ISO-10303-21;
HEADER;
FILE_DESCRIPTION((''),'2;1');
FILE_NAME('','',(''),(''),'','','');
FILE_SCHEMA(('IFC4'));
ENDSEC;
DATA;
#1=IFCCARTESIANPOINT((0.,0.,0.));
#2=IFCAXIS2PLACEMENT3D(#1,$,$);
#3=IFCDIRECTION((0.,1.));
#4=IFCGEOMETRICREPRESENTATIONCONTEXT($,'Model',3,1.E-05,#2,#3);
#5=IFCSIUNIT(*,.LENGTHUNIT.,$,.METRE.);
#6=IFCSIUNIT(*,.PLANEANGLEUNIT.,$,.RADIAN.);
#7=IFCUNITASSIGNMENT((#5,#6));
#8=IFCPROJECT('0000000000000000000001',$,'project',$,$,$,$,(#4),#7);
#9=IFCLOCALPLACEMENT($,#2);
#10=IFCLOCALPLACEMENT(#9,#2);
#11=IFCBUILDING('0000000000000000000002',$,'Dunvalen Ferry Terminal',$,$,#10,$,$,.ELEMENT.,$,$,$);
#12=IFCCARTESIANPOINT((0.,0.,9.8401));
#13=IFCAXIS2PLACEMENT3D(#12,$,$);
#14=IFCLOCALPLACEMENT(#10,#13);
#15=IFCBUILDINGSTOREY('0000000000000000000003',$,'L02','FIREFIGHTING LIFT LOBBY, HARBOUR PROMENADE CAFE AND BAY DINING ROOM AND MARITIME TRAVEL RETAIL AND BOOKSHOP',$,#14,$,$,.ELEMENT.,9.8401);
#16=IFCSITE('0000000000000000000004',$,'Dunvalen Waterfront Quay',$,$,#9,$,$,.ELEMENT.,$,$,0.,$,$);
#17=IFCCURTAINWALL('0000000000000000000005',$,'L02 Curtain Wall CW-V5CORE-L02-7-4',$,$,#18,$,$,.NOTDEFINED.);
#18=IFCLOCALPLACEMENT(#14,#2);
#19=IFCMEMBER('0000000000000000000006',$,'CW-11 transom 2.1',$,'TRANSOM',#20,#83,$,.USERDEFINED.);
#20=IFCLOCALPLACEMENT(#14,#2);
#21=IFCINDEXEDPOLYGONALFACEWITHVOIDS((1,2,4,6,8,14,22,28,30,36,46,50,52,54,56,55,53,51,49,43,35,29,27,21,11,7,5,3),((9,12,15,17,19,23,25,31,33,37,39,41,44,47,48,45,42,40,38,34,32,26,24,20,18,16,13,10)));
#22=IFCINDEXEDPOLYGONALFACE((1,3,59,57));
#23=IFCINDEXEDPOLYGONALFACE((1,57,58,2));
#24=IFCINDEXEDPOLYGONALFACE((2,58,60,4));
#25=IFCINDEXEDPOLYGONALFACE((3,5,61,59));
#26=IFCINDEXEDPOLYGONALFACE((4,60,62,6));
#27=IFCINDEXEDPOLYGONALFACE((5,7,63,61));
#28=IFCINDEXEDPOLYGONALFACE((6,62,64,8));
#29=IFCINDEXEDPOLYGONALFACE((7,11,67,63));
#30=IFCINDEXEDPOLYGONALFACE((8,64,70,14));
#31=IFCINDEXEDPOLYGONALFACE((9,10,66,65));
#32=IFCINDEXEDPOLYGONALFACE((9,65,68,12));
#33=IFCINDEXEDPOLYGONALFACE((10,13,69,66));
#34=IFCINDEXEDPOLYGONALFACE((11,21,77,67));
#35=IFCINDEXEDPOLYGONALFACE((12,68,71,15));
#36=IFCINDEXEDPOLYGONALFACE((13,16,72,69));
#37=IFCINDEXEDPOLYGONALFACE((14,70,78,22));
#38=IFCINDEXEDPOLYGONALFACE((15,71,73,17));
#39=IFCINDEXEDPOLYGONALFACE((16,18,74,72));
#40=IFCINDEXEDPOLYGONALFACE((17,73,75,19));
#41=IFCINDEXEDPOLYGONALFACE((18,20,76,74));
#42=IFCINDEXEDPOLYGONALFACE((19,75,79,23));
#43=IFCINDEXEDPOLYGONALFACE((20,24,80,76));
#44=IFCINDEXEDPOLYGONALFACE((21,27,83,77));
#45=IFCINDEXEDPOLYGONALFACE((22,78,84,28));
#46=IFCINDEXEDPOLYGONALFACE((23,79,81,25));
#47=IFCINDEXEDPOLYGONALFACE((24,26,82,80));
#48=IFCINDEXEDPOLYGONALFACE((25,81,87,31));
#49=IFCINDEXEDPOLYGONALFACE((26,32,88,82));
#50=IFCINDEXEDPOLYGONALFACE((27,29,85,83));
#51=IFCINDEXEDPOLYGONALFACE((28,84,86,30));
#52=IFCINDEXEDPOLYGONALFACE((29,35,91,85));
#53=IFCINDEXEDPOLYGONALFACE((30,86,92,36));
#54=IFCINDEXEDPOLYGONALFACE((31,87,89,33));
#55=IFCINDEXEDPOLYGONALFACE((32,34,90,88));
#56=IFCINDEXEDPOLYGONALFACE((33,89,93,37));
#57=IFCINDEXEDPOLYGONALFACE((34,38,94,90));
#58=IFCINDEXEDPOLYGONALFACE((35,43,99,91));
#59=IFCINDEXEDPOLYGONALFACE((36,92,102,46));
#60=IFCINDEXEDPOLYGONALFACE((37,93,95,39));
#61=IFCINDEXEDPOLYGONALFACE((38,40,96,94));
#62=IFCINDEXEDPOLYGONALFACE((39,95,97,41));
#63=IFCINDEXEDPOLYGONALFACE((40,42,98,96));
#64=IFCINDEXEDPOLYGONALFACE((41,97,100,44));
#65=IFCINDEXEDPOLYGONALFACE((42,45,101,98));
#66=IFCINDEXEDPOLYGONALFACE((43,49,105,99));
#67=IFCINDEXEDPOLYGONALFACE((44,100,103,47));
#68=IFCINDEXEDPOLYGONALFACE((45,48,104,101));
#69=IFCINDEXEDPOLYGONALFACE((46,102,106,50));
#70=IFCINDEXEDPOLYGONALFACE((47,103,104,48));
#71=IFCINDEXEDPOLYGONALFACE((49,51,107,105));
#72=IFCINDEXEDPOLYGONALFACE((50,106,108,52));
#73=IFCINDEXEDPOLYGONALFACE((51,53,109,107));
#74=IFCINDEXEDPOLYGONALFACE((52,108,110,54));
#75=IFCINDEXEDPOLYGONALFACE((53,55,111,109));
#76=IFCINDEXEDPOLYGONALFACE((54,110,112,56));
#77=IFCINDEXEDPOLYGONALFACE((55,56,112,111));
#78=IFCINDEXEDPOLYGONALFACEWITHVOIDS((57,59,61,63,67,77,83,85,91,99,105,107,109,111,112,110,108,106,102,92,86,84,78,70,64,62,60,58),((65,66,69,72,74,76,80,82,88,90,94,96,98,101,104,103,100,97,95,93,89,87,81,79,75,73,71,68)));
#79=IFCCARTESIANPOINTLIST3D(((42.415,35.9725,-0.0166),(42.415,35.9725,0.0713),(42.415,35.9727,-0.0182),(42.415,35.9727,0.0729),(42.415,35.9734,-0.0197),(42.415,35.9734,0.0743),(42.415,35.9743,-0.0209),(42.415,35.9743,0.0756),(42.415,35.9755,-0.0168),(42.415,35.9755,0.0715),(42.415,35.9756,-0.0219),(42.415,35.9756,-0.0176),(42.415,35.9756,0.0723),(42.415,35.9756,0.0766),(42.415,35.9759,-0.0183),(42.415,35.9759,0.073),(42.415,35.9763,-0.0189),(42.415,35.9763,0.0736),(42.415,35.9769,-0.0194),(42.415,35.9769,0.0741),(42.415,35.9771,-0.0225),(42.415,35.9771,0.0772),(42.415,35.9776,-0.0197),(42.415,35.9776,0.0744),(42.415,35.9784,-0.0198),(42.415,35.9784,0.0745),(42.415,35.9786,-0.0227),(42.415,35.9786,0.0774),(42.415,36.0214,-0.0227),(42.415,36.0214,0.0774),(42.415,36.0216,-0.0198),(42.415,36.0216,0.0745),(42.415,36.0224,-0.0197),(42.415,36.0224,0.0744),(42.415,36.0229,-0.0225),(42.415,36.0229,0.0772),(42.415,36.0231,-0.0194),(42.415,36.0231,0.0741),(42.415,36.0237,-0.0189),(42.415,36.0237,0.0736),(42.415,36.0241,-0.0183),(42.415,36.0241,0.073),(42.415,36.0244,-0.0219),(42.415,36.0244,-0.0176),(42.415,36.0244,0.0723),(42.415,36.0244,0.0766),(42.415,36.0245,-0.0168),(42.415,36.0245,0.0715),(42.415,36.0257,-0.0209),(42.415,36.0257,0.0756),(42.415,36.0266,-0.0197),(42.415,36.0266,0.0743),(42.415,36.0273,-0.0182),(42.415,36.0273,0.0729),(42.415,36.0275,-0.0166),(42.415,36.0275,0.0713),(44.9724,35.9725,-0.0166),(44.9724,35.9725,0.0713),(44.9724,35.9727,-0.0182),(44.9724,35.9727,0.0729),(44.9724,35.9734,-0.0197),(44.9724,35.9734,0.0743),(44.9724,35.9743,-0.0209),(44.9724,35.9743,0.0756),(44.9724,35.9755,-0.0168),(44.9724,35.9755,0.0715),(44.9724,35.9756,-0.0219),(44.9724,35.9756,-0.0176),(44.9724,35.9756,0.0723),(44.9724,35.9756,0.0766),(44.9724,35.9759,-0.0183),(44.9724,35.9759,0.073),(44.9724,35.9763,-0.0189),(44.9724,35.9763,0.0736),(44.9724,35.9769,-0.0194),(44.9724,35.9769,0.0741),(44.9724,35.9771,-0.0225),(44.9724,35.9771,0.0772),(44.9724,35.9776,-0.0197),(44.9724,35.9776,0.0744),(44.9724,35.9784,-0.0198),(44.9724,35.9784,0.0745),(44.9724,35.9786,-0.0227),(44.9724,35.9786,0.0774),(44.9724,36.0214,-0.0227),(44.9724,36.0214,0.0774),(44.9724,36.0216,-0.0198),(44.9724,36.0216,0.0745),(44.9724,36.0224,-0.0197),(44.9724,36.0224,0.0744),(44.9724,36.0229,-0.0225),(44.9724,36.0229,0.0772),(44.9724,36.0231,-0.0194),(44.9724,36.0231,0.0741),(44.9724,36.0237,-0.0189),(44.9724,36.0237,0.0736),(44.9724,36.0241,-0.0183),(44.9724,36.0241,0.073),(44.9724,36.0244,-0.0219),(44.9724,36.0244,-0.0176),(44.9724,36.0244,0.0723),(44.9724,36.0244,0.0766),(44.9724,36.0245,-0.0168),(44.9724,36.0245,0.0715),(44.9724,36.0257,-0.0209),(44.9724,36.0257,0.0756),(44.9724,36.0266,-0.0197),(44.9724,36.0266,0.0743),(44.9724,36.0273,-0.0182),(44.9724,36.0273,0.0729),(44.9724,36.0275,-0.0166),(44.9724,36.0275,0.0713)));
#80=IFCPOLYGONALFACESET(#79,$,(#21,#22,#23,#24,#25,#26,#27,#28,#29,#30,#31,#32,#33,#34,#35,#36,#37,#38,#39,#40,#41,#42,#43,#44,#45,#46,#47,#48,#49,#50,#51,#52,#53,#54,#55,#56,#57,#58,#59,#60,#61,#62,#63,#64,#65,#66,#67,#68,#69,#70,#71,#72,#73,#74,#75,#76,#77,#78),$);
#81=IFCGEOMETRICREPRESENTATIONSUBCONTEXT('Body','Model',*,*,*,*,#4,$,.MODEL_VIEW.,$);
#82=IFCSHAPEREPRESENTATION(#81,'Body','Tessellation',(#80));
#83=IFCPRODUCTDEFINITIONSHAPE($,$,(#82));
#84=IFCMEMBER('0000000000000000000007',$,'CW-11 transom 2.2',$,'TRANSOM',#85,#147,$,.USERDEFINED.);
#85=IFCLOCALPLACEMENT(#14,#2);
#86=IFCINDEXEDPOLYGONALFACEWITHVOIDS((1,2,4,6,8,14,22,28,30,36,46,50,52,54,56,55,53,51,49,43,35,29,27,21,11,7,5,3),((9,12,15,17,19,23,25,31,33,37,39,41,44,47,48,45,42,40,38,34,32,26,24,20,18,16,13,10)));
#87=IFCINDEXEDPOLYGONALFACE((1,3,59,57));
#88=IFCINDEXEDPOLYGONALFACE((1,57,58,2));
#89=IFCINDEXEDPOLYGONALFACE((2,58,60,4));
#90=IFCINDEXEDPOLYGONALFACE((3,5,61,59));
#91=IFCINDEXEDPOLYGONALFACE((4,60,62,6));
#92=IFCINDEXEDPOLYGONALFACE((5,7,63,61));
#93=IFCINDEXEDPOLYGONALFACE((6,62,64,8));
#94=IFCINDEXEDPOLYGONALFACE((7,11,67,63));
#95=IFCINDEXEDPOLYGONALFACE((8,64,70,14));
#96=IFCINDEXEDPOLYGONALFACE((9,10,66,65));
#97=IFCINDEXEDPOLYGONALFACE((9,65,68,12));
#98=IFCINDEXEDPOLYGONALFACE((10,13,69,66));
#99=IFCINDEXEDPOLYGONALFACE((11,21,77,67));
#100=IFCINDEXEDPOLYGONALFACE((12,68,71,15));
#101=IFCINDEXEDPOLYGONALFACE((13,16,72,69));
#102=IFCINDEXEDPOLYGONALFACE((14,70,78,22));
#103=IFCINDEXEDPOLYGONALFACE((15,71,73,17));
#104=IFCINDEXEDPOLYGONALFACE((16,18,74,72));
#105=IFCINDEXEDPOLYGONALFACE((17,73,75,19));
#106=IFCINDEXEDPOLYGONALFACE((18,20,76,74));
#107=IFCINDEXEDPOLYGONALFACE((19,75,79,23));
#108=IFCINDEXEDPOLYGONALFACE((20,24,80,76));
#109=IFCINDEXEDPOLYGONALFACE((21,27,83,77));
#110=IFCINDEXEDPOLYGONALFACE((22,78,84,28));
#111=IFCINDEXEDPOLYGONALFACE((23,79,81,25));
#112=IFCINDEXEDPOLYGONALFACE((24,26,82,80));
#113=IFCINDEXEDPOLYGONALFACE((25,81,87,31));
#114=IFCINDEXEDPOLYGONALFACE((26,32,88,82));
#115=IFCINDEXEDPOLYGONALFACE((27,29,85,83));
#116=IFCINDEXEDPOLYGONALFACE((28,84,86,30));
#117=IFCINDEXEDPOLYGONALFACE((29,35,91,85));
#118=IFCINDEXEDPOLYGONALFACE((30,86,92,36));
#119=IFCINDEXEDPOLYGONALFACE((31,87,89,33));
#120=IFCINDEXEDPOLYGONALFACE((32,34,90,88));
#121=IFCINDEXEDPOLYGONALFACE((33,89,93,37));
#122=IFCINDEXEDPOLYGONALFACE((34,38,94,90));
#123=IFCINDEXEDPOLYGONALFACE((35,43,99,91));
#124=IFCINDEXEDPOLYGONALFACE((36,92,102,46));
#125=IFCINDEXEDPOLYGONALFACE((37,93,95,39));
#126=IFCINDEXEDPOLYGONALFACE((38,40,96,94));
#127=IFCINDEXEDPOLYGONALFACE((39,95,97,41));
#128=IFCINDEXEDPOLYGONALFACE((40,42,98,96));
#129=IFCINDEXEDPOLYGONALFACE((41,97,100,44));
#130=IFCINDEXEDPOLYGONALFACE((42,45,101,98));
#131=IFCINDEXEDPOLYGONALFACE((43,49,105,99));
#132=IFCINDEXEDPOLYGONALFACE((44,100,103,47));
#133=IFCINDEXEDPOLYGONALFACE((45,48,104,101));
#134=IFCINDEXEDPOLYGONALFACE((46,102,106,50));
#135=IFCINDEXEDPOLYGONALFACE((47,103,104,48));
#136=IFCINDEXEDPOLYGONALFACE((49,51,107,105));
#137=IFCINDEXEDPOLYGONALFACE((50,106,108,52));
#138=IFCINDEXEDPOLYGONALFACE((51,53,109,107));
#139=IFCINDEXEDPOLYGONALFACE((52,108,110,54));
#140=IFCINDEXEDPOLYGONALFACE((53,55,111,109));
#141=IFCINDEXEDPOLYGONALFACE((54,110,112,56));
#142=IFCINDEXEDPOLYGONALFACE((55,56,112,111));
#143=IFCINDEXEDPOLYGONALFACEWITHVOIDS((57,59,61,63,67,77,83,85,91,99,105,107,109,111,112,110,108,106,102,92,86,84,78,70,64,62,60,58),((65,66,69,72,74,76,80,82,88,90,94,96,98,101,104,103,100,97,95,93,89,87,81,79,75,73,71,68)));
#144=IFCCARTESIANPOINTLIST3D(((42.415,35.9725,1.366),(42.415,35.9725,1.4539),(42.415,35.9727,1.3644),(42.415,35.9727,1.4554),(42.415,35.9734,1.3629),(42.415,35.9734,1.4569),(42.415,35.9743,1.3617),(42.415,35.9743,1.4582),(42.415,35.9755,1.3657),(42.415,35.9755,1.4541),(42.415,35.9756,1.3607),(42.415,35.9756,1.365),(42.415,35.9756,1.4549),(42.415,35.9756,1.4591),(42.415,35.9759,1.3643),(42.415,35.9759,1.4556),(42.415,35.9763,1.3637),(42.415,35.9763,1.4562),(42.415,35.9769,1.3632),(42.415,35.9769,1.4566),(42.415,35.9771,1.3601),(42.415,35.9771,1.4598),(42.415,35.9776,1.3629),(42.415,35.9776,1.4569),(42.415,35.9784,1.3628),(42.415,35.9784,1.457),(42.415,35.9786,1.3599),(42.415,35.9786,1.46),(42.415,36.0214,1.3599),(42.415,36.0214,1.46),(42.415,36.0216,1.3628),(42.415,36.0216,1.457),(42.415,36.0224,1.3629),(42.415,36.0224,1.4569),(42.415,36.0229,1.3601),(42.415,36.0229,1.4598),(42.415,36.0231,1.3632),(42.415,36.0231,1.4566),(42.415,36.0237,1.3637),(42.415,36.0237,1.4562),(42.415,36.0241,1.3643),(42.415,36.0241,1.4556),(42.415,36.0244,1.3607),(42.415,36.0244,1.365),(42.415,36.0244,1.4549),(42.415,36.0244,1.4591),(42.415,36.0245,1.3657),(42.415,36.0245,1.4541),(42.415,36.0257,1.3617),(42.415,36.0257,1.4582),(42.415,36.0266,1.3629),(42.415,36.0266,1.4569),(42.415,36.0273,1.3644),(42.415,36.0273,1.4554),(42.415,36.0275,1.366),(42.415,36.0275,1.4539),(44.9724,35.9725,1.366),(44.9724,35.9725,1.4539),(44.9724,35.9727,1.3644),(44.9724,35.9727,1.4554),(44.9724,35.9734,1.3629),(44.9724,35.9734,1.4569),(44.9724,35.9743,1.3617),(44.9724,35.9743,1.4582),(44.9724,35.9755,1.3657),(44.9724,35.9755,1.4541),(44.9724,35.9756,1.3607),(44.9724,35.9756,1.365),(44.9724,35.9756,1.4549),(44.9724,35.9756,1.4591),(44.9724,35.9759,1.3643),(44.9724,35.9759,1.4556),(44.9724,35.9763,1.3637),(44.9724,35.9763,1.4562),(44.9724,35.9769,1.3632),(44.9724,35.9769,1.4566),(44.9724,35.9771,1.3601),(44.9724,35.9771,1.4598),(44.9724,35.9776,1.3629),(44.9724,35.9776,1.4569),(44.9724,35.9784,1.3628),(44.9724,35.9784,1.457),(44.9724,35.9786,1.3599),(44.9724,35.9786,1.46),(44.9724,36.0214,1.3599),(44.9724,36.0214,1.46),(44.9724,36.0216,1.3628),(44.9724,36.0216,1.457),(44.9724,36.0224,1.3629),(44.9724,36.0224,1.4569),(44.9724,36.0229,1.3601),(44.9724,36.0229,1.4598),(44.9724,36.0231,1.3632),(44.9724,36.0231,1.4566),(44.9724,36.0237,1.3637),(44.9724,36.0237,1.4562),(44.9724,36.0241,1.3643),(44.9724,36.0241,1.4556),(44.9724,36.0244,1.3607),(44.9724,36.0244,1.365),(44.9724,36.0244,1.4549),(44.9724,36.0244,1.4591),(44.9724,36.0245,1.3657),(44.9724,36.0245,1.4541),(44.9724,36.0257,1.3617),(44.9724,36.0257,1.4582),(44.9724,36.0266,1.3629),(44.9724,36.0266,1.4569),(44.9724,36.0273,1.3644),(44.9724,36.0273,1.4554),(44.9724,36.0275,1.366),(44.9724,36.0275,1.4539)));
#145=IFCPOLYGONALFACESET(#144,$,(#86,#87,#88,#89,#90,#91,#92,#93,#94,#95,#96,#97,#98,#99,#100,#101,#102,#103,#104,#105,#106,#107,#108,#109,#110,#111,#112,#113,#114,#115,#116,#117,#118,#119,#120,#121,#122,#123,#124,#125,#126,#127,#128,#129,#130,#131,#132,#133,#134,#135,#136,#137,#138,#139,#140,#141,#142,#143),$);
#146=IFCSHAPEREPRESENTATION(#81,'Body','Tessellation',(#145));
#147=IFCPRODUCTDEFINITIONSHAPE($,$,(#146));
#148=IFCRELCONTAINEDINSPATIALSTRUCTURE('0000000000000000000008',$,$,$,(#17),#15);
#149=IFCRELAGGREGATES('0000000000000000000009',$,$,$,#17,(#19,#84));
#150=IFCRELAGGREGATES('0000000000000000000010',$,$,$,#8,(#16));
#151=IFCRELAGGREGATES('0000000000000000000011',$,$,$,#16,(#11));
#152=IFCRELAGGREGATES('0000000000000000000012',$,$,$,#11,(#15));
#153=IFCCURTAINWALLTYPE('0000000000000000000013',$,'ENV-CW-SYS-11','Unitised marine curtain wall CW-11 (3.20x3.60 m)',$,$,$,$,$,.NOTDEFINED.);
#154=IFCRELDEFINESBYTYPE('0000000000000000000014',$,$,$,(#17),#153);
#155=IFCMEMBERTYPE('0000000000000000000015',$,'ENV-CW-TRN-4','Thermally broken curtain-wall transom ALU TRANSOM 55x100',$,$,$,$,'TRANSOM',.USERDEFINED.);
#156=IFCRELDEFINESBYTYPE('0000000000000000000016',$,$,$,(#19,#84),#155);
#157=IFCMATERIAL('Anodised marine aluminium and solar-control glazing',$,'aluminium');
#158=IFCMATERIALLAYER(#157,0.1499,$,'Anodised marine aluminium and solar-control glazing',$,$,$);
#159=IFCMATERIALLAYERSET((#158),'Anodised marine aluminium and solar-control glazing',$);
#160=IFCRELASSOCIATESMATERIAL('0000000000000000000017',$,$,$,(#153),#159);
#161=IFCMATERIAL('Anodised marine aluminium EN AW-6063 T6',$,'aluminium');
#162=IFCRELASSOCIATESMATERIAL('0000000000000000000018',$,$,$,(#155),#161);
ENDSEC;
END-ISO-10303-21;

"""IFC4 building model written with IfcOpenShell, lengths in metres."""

from ifc_helpers import new_model, si_unit, direction, frame, origin, origin_2d, place, context, subcontext, project, spatial, hollow_rectangle, extrude, material, layer, layer_set, material_profile, profile_set, type_object, element, aggregate, save


model = new_model("IFC4")

# Units and contexts
model_context = context("Model", 3, precision=1e-05, world=origin(), true_north=direction((0.0, 1.0)))
body_context = subcontext(model_context, "Body", "Model", "MODEL_VIEW")
ifc_project = project(units=[si_unit("LENGTHUNIT", "METRE"), si_unit("PLANEANGLEUNIT", "RADIAN")], contexts=[model_context])

# Site, building, storey
site_placement = place(None, origin())
site = spatial("IfcSite", under=ifc_project, at=site_placement, Name="Dunvalen Waterfront Quay", CompositionType="ELEMENT", RefElevation=0.0)
building_placement = place(site_placement, origin())
building = spatial("IfcBuilding", under=site, at=building_placement, Name="Dunvalen Ferry Terminal", CompositionType="ELEMENT")
storey_placement = place(building_placement, frame((0.0, 0.0, 9.8401)))
storey = spatial("IfcBuildingStorey", under=building, at=storey_placement, Name="L02", Description="FIREFIGHTING LIFT LOBBY, HARBOUR PROMENADE CAFE AND BAY DINING ROOM AND MARITIME TRAVEL RETAIL AND BOOKSHOP", CompositionType="ELEMENT", Elevation=9.8401)

# Curtain wall, members
ifc_material_1 = material(Name="Anodised marine aluminium and solar-control glazing", Category="aluminium")
ifc_layer_1 = layer(ifc_material_1, 0.1499, Name="Anodised marine aluminium and solar-control glazing")
ifc_layer_set_1 = layer_set([ifc_layer_1], Name="Anodised marine aluminium and solar-control glazing")
curtain_wall_type = type_object("IfcCurtainWallType", Name="ENV-CW-SYS-11", Description="Unitised marine curtain wall CW-11 (3.20x3.60 m)", PredefinedType="NOTDEFINED", material=ifc_layer_set_1)
curtain_wall_placement = place(storey_placement, origin())
curtain_wall = element("IfcCurtainWall", 1, at=curtain_wall_placement, inside=storey, type_object=curtain_wall_type, Name="L02 Curtain Wall CW-V5CORE-L02-7-4", PredefinedType="NOTDEFINED")
ifc_material_2 = material(Name="Anodised marine aluminium EN AW-6063 T6", Category="aluminium")
ifc_material_profile_1 = material_profile(ifc_material_2, hollow_rectangle(XDim=0.0549, YDim=0.1001, WallThickness=0.0029, InnerFilletRadius=0.0029, OuterFilletRadius=0.0061, at=origin_2d()), Name="Anodised marine aluminium EN AW-6063 T6")
ifc_profile_set_1 = profile_set([ifc_material_profile_1], Name="Anodised marine aluminium EN AW-6063 T6")
member_type_1 = type_object("IfcMemberType", Name="ENV-CW-TRN-4", Description="Thermally broken curtain-wall transom ALU TRANSOM 55x100", ElementType="TRANSOM", PredefinedType="USERDEFINED", material=ifc_profile_set_1)
member_1_placement = place(storey_placement, frame((44.9724, 36.0, 0.0273), z_axis=(-1.0, 0.0, 0.0), x_axis=(0.0, -1.0, 0.0)))
member_1 = element("IfcMember", 2, at=member_1_placement, type_object=member_type_1, Name="CW-11 transom 2.1", ObjectType="TRANSOM", PredefinedType="USERDEFINED", context=body_context, shape_type="SweptSolid", body=[
    extrude(hollow_rectangle(XDim=0.0549, YDim=0.1001, WallThickness=0.0029, InnerFilletRadius=0.0029, OuterFilletRadius=0.0061, at=origin_2d()), origin(), (0.0, 0.0, 1.0), 2.5574),
])
member_2_placement = place(storey_placement, frame((44.9724, 36.0, 1.4099), z_axis=(-1.0, 0.0, 0.0), x_axis=(0.0, -1.0, 0.0)))
member_2 = element("IfcMember", 3, at=member_2_placement, type_object=member_type_1, Name="CW-11 transom 2.2", ObjectType="TRANSOM", PredefinedType="USERDEFINED", context=body_context, shape_type="SweptSolid", body=[
    extrude(hollow_rectangle(XDim=0.0549, YDim=0.1001, WallThickness=0.0029, InnerFilletRadius=0.0029, OuterFilletRadius=0.0061, at=origin_2d()), origin(), (0.0, 0.0, 1.0), 2.5574),
])

aggregate(curtain_wall, [member_1, member_2])

save(model, "model.ifc")
